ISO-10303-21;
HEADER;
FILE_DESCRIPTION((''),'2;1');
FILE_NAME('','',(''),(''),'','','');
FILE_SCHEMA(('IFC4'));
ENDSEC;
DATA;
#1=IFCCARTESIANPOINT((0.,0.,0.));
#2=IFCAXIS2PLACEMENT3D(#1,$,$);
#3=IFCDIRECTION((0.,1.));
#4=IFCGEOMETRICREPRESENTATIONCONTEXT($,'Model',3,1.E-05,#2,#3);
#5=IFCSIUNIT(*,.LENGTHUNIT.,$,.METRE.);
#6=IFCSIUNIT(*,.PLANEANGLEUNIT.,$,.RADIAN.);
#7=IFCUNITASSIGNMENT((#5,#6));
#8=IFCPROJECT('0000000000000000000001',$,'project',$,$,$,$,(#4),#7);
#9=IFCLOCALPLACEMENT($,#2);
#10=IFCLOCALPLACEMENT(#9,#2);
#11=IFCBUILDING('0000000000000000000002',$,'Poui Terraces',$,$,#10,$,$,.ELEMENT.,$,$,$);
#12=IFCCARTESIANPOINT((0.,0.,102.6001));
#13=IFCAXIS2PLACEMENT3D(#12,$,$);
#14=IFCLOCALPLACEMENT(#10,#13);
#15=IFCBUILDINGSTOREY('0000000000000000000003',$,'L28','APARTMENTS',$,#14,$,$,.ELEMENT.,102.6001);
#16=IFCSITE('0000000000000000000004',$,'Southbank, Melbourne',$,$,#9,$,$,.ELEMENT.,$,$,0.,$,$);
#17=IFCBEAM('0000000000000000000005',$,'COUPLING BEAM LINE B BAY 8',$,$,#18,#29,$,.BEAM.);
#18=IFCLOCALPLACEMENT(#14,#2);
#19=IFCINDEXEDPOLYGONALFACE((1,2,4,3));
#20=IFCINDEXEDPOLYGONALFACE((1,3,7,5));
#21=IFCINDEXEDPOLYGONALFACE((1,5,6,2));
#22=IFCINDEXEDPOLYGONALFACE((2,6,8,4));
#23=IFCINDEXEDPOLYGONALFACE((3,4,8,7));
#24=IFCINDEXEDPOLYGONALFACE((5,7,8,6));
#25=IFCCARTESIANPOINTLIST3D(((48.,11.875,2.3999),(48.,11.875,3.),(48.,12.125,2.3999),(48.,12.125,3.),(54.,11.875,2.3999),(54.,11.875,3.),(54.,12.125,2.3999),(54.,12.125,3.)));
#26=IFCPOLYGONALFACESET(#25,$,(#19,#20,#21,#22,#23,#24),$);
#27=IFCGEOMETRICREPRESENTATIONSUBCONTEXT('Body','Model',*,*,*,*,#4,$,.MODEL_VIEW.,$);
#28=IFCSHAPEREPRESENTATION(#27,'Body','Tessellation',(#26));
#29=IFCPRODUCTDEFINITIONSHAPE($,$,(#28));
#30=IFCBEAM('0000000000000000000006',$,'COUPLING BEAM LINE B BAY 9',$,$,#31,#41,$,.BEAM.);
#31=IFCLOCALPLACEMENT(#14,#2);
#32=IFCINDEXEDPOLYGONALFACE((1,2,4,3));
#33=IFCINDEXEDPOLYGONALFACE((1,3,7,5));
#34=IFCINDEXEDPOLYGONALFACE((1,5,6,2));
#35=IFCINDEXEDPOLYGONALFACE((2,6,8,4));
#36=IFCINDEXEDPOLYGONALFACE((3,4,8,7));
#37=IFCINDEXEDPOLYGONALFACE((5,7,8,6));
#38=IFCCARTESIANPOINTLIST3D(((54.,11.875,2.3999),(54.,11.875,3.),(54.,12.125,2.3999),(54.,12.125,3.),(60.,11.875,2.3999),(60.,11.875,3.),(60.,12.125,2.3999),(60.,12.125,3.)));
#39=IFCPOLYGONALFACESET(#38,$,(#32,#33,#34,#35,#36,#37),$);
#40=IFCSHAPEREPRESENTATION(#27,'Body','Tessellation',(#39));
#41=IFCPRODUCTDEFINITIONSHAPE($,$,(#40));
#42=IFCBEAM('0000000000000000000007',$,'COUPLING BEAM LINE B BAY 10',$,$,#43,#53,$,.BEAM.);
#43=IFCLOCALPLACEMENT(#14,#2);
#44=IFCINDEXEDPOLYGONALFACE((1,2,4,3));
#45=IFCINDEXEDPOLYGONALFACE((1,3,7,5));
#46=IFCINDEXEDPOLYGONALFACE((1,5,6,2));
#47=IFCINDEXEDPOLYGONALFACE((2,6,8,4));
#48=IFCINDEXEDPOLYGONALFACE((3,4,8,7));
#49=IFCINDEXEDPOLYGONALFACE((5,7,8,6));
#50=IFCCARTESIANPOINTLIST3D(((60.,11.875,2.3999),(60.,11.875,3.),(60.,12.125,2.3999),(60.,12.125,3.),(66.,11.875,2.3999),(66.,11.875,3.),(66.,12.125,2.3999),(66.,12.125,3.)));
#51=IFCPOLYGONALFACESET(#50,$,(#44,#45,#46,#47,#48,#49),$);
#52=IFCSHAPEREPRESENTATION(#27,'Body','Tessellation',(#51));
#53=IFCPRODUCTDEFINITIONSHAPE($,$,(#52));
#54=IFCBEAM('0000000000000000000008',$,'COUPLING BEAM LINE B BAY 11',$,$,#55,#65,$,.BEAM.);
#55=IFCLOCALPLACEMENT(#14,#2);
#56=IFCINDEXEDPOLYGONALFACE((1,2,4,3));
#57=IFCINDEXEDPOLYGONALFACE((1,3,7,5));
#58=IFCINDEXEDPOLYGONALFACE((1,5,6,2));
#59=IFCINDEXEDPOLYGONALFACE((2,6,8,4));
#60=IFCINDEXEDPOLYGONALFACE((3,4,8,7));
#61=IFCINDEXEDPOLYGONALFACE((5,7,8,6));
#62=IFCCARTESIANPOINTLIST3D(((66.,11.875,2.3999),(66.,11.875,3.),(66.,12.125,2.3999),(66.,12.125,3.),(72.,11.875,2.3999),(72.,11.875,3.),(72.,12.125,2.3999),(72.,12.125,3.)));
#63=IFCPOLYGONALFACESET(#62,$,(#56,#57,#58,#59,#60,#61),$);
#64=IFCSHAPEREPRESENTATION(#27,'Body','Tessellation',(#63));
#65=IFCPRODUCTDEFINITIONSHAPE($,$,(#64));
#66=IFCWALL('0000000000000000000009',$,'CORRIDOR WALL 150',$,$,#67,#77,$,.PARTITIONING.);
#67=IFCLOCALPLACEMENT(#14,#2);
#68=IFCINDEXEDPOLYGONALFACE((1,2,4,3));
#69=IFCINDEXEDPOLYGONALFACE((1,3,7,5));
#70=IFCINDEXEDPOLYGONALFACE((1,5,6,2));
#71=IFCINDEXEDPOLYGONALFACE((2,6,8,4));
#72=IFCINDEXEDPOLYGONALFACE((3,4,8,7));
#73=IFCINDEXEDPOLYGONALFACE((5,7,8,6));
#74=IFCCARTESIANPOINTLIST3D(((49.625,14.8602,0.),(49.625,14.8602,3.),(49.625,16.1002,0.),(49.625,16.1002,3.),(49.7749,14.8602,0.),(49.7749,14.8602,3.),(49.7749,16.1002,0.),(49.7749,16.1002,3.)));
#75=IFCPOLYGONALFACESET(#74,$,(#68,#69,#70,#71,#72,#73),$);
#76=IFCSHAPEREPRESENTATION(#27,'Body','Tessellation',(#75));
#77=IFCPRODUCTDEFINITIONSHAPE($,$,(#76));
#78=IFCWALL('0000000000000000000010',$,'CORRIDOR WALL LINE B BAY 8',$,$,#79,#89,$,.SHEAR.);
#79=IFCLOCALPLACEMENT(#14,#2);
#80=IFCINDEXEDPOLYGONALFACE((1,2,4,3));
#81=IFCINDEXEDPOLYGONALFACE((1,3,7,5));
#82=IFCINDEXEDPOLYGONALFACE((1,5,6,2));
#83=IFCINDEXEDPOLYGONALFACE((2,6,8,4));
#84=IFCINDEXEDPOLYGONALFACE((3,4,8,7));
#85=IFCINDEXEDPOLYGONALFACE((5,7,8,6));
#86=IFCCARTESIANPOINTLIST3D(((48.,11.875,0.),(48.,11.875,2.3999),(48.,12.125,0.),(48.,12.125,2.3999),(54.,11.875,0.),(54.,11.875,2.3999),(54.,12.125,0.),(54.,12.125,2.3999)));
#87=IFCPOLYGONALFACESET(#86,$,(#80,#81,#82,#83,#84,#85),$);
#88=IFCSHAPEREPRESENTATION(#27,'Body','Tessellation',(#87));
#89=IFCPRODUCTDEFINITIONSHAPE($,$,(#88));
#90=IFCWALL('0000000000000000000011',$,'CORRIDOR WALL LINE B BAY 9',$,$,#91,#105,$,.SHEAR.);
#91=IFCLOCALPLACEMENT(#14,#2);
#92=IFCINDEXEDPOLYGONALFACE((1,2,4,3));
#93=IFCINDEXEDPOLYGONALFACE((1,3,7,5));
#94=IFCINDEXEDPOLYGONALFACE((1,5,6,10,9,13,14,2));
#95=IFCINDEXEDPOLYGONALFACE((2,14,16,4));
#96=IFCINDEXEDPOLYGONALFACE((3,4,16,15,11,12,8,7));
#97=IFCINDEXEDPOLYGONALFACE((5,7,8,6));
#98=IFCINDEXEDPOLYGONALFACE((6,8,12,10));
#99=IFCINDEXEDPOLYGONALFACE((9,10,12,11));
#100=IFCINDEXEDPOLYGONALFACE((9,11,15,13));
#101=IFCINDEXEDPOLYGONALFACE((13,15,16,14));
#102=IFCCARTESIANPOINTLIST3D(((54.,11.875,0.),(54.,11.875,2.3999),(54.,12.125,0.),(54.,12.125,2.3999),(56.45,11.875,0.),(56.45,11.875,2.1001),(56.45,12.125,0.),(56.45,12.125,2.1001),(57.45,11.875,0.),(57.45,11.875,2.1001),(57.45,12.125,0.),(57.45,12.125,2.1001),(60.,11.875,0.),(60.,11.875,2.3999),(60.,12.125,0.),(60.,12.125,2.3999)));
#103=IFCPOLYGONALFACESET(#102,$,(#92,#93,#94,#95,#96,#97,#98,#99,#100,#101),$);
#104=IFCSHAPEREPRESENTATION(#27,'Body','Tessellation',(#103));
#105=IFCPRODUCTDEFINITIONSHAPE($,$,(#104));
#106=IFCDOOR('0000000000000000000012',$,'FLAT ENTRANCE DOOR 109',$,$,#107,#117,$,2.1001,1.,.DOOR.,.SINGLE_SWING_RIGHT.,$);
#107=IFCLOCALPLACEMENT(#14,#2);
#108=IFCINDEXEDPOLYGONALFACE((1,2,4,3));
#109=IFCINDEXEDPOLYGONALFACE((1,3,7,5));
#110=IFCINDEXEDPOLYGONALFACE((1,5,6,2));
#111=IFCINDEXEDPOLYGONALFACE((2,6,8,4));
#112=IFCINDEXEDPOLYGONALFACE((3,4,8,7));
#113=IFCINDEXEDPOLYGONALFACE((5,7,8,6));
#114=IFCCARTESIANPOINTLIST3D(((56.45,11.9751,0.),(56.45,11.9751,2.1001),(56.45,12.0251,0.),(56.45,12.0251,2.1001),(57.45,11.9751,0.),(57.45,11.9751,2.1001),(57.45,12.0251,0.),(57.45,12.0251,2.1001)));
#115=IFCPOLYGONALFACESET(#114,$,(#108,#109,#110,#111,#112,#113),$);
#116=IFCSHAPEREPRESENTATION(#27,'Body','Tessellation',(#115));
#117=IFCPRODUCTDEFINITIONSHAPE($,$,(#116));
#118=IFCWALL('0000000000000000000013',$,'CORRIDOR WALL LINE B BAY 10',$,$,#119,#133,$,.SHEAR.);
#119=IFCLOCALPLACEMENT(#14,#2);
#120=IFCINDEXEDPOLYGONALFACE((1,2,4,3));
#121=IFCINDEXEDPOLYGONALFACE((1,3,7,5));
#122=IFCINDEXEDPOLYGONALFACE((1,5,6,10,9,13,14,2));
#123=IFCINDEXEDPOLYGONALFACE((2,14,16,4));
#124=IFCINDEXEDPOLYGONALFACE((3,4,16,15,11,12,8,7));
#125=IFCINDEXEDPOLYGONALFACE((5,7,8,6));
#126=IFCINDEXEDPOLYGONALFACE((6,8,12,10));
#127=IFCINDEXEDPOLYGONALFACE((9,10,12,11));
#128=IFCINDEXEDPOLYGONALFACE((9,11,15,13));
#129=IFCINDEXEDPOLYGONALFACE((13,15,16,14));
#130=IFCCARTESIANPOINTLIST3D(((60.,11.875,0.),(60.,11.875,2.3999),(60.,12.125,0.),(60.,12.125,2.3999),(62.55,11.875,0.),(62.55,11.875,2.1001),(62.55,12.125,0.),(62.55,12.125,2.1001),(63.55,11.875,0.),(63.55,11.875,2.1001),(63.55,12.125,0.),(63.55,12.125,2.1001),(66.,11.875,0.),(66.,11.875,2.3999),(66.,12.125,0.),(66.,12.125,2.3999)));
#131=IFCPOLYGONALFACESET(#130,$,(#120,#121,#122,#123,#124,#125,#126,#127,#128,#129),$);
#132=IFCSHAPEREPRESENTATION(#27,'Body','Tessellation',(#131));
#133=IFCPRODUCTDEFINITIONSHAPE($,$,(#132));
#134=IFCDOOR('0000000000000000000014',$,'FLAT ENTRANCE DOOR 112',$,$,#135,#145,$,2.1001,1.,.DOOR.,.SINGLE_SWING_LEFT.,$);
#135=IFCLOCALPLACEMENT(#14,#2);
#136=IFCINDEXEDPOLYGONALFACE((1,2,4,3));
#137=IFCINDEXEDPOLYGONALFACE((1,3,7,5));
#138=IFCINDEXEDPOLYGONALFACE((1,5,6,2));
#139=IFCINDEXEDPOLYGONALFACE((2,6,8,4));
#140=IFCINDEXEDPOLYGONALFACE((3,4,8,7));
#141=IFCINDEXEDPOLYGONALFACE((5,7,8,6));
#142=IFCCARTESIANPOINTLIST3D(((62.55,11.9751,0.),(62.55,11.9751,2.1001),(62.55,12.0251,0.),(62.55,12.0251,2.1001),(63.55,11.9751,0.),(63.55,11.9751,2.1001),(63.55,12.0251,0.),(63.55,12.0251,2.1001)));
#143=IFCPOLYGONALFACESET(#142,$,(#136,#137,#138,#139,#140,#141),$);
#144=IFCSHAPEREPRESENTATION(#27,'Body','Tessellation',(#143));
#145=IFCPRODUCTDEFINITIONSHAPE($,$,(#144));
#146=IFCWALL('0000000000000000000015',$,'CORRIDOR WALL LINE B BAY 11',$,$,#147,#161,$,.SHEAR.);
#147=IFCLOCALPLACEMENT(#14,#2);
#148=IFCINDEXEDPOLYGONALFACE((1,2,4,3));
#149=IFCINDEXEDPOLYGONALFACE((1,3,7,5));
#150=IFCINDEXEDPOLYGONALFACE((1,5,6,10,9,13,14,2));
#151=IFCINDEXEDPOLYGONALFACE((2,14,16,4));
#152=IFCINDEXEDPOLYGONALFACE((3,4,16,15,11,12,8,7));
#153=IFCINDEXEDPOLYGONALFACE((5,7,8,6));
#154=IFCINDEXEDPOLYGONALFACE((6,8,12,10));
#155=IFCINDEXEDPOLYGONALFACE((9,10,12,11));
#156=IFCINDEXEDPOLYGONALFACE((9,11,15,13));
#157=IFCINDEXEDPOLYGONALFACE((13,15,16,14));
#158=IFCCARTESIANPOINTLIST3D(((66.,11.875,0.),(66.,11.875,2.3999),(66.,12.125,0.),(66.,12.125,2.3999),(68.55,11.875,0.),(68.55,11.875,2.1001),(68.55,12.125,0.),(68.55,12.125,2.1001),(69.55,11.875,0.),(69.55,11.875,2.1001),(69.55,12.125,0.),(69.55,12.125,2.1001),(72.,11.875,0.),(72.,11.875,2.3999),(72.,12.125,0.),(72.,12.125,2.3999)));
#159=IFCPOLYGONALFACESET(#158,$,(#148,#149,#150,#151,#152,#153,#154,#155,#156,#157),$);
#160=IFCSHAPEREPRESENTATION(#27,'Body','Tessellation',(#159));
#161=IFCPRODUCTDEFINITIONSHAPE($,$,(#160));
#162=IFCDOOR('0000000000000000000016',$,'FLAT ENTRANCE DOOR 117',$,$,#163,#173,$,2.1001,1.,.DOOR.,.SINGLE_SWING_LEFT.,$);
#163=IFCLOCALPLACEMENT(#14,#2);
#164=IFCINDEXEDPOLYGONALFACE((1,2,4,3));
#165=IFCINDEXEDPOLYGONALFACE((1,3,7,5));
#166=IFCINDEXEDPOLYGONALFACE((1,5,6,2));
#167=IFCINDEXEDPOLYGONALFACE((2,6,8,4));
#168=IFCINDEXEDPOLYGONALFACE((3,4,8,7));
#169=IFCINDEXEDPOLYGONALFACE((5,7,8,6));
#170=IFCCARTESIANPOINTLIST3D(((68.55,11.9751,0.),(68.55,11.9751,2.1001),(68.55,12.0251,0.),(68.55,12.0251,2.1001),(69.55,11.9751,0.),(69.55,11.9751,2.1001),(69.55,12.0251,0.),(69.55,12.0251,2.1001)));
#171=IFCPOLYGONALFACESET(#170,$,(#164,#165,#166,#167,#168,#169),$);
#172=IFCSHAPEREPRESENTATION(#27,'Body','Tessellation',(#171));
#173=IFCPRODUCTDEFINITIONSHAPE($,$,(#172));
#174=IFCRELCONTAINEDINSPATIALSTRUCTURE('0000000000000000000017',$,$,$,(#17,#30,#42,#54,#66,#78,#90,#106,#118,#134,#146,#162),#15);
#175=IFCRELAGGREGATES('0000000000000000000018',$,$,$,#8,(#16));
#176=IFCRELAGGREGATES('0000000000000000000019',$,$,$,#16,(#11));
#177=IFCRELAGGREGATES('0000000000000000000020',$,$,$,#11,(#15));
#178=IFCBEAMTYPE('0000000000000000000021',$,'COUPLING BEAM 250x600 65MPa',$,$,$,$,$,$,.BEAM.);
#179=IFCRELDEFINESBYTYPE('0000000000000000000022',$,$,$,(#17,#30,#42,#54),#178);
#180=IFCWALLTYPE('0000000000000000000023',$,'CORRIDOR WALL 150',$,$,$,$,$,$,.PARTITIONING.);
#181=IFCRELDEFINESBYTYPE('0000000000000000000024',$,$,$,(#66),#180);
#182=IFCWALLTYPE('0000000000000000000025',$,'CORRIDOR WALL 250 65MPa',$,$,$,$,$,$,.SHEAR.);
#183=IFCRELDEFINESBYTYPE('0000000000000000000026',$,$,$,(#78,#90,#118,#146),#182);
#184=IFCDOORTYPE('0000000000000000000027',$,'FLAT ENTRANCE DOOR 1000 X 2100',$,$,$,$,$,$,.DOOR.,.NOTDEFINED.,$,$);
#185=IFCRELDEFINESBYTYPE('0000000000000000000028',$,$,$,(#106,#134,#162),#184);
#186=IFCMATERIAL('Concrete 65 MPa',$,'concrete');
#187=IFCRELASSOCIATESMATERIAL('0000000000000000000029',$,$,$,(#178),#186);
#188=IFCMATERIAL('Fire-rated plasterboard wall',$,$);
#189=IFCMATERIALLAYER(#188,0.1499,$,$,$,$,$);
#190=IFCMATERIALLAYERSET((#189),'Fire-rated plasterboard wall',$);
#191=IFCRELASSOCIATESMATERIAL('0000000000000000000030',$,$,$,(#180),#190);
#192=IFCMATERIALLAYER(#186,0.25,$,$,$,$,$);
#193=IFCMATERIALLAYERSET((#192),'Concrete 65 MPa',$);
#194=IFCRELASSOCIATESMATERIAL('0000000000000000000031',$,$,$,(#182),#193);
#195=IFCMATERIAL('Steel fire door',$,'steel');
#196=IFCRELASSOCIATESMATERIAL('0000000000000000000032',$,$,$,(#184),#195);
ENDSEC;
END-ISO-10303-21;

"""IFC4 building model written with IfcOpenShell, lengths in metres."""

from ifc_helpers import new_model, si_unit, direction, frame, frame_2d, origin, origin_2d, place, context, subcontext, project, spatial, rectangle, extrude, source, transform, mapped, material, layer, layer_set, material_profile, profile_set, type_object, element, fill, save


model = new_model("IFC4")

# Units and contexts
model_context = context("Model", 3, precision=1e-05, world=origin(), true_north=direction((0.0, 1.0)))
body_context = subcontext(model_context, "Body", "Model", "MODEL_VIEW")
ifc_project = project(units=[si_unit("LENGTHUNIT", "METRE"), si_unit("PLANEANGLEUNIT", "RADIAN")], contexts=[model_context])

# Site, building, storey
site_placement = place(None, origin())
site = spatial("IfcSite", under=ifc_project, at=site_placement, Name="Southbank, Melbourne", CompositionType="ELEMENT", RefElevation=0.0)
building_placement = place(site_placement, origin())
building = spatial("IfcBuilding", under=site, at=building_placement, Name="Poui Terraces", CompositionType="ELEMENT")
storey_placement = place(building_placement, frame((0.0, 0.0, 102.6001)))
storey = spatial("IfcBuildingStorey", under=building, at=storey_placement, Name="L28", Description="APARTMENTS", CompositionType="ELEMENT", Elevation=102.6001)

# Beams
ifc_material_1 = material(Name="Concrete 65 MPa", Category="concrete")
ifc_material_profile = material_profile(ifc_material_1, rectangle(XDim=0.25, YDim=0.6001, at=origin_2d()), Name="RC 250x600")
ifc_profile_set = profile_set([ifc_material_profile], Name="Concrete 65 MPa")
beam_type = type_object("IfcBeamType", Name="COUPLING BEAM 250x600 65MPa", PredefinedType="BEAM", material=ifc_profile_set)
shared_shape = source(origin(), body_context, "Body", "SweptSolid", [
    extrude(rectangle(XDim=0.25, YDim=0.6001, at=origin_2d()), origin(), (0.0, 0.0, 1.0), 6.0),
])
for number, where, z_axis, x_axis, name in (
    (1, (48.0, 12.0, 2.7), (1.0, 0.0, 0.0), (0.0, 1.0, 0.0), "COUPLING BEAM LINE B BAY 8"),
    (2, (54.0, 12.0, 2.7), (1.0, 0.0, 0.0), (0.0, 1.0, 0.0), "COUPLING BEAM LINE B BAY 9"),
    (3, (60.0, 12.0, 2.7), (1.0, 0.0, 0.0), (0.0, 1.0, 0.0), "COUPLING BEAM LINE B BAY 10"),
    (4, (66.0, 12.0, 2.7), (1.0, 0.0, 0.0), (0.0, 1.0, 0.0), "COUPLING BEAM LINE B BAY 11"),
):
    element("IfcBeam", number, at=place(storey_placement, frame(where, z_axis=z_axis, x_axis=x_axis)), inside=storey, type_object=beam_type, Name=name, PredefinedType="BEAM", context=body_context, shape_type="MappedRepresentation", body=[
        mapped(shared_shape, transform((0.0, 0.0, 0.0))),
    ])

# Walls
ifc_material_2 = material(Name="Fire-rated plasterboard wall")
ifc_layer_1 = layer(ifc_material_2, 0.1499)
ifc_layer_set_1 = layer_set([ifc_layer_1], Name="Fire-rated plasterboard wall")
wall_type_1 = type_object("IfcWallType", Name="CORRIDOR WALL 150", PredefinedType="PARTITIONING", material=ifc_layer_set_1)
wall_1_placement = place(storey_placement, frame((49.7, 14.8601, 0.0), z_axis=(0.0, 0.0, 1.0), x_axis=(0.0, 1.0, 0.0)))
element("IfcWall", 5, at=wall_1_placement, inside=storey, type_object=wall_type_1, Name="CORRIDOR WALL 150", PredefinedType="PARTITIONING", context=body_context, shape_type="SweptSolid", body=[
    extrude(rectangle(XDim=1.24, YDim=0.1499, at=frame_2d((0.6201, 0.0))), origin(), (0.0, 0.0, 1.0), 3.0),
])
ifc_layer_2 = layer(ifc_material_1, 0.25)
ifc_layer_set_2 = layer_set([ifc_layer_2], Name="Concrete 65 MPa")
wall_type_2 = type_object("IfcWallType", Name="CORRIDOR WALL 250 65MPa", PredefinedType="SHEAR", material=ifc_layer_set_2)
wall_2_placement = place(storey_placement, frame((48.0, 12.0, 0.0), z_axis=(0.0, 0.0, 1.0), x_axis=(1.0, 0.0, 0.0)))
element("IfcWall", 6, at=wall_2_placement, inside=storey, type_object=wall_type_2, Name="CORRIDOR WALL LINE B BAY 8", PredefinedType="SHEAR", context=body_context, shape_type="SweptSolid", body=[
    extrude(rectangle(XDim=6.0, YDim=0.25, at=frame_2d((3.0, 0.0))), origin(), (0.0, 0.0, 1.0), 2.3999),
])

# Walls, openings, doors
wall_3_placement = place(storey_placement, frame((54.0, 12.0, 0.0), z_axis=(0.0, 0.0, 1.0), x_axis=(1.0, 0.0, 0.0)))
wall_3 = element("IfcWall", 7, at=wall_3_placement, inside=storey, type_object=wall_type_2, Name="CORRIDOR WALL LINE B BAY 9", PredefinedType="SHEAR", context=body_context, shape_type="SweptSolid", body=[
    extrude(rectangle(XDim=6.0, YDim=0.25, at=frame_2d((3.0, 0.0))), origin(), (0.0, 0.0, 1.0), 2.3999),
])
opening_1_placement = place(wall_3_placement, frame((2.45, 0.0, 0.0)))
opening_1 = element("IfcOpeningElement", 8, at=opening_1_placement, cuts=wall_3, PredefinedType="OPENING", context=body_context, shape_type="SweptSolid", body=[
    extrude(rectangle(XDim=1.0, YDim=2.1001, at=frame_2d((0.5, 1.05))), frame((0.0, 0.135, 0.0), z_axis=(0.0, -1.0, 0.0), x_axis=(1.0, 0.0, 0.0)), (0.0, 0.0, 1.0), 0.27),
])
ifc_material_3 = material(Name="Steel fire door", Category="steel")
door_type_1 = type_object("IfcDoorType", Name="FLAT ENTRANCE DOOR 1000 X 2100", OperationType="NOTDEFINED", PredefinedType="DOOR", material=ifc_material_3)
door_1_placement = place(opening_1_placement, frame((1.0, 0.0, 0.0), z_axis=(0.0, 0.0, 1.0), x_axis=(-1.0, 0.0, 0.0)))
door_1 = element("IfcDoor", 9, at=door_1_placement, inside=storey, type_object=door_type_1, Name="FLAT ENTRANCE DOOR 109", OperationType="SINGLE_SWING_RIGHT", OverallHeight=2.1001, OverallWidth=1.0, PredefinedType="DOOR", context=body_context, shape_type="SweptSolid", body=[
    extrude(rectangle(XDim=1.0, YDim=2.1001, at=frame_2d((0.5, 1.05))), frame((0.0, 0.0249, 0.0), z_axis=(0.0, -1.0, 0.0), x_axis=(1.0, 0.0, 0.0)), (0.0, 0.0, 1.0), 0.05),
])
fill(opening_1, door_1)
wall_4_placement = place(storey_placement, frame((60.0, 12.0, 0.0), z_axis=(0.0, 0.0, 1.0), x_axis=(1.0, 0.0, 0.0)))
wall_4 = element("IfcWall", 10, at=wall_4_placement, inside=storey, type_object=wall_type_2, Name="CORRIDOR WALL LINE B BAY 10", PredefinedType="SHEAR", context=body_context, shape_type="SweptSolid", body=[
    extrude(rectangle(XDim=6.0, YDim=0.25, at=frame_2d((3.0, 0.0))), origin(), (0.0, 0.0, 1.0), 2.3999),
])
opening_2_placement = place(wall_4_placement, frame((2.55, 0.0, 0.0)))
opening_2 = element("IfcOpeningElement", 11, at=opening_2_placement, cuts=wall_4, PredefinedType="OPENING", context=body_context, shape_type="SweptSolid", body=[
    extrude(rectangle(XDim=1.0, YDim=2.1001, at=frame_2d((0.5, 1.05))), frame((0.0, 0.135, 0.0), z_axis=(0.0, -1.0, 0.0), x_axis=(1.0, 0.0, 0.0)), (0.0, 0.0, 1.0), 0.27),
])
door_2_placement = place(opening_2_placement, frame((1.0, 0.0, 0.0), z_axis=(0.0, 0.0, 1.0), x_axis=(-1.0, 0.0, 0.0)))
door_2 = element("IfcDoor", 12, at=door_2_placement, inside=storey, type_object=door_type_1, Name="FLAT ENTRANCE DOOR 112", OperationType="SINGLE_SWING_LEFT", OverallHeight=2.1001, OverallWidth=1.0, PredefinedType="DOOR", context=body_context, shape_type="SweptSolid", body=[
    extrude(rectangle(XDim=1.0, YDim=2.1001, at=frame_2d((0.5, 1.05))), frame((0.0, 0.0249, 0.0), z_axis=(0.0, -1.0, 0.0), x_axis=(1.0, 0.0, 0.0)), (0.0, 0.0, 1.0), 0.05),
])
fill(opening_2, door_2)
wall_5_placement = place(storey_placement, frame((66.0, 12.0, 0.0), z_axis=(0.0, 0.0, 1.0), x_axis=(1.0, 0.0, 0.0)))
wall_5 = element("IfcWall", 13, at=wall_5_placement, inside=storey, type_object=wall_type_2, Name="CORRIDOR WALL LINE B BAY 11", PredefinedType="SHEAR", context=body_context, shape_type="SweptSolid", body=[
    extrude(rectangle(XDim=6.0, YDim=0.25, at=frame_2d((3.0, 0.0))), origin(), (0.0, 0.0, 1.0), 2.3999),
])
opening_3_placement = place(wall_5_placement, frame((2.55, 0.0, 0.0)))
opening_3 = element("IfcOpeningElement", 14, at=opening_3_placement, cuts=wall_5, PredefinedType="OPENING", context=body_context, shape_type="SweptSolid", body=[
    extrude(rectangle(XDim=1.0, YDim=2.1001, at=frame_2d((0.5, 1.05))), frame((0.0, 0.135, 0.0), z_axis=(0.0, -1.0, 0.0), x_axis=(1.0, 0.0, 0.0)), (0.0, 0.0, 1.0), 0.27),
])
door_3_placement = place(opening_3_placement, frame((1.0, 0.0, 0.0), z_axis=(0.0, 0.0, 1.0), x_axis=(-1.0, 0.0, 0.0)))
door_3 = element("IfcDoor", 15, at=door_3_placement, inside=storey, type_object=door_type_1, Name="FLAT ENTRANCE DOOR 117", OperationType="SINGLE_SWING_LEFT", OverallHeight=2.1001, OverallWidth=1.0, PredefinedType="DOOR", context=body_context, shape_type="SweptSolid", body=[
    extrude(rectangle(XDim=1.0, YDim=2.1001, at=frame_2d((0.5, 1.05))), frame((0.0, 0.0249, 0.0), z_axis=(0.0, -1.0, 0.0), x_axis=(1.0, 0.0, 0.0)), (0.0, 0.0, 1.0), 0.05),
])
fill(opening_3, door_3)

save(model, "model.ifc")
